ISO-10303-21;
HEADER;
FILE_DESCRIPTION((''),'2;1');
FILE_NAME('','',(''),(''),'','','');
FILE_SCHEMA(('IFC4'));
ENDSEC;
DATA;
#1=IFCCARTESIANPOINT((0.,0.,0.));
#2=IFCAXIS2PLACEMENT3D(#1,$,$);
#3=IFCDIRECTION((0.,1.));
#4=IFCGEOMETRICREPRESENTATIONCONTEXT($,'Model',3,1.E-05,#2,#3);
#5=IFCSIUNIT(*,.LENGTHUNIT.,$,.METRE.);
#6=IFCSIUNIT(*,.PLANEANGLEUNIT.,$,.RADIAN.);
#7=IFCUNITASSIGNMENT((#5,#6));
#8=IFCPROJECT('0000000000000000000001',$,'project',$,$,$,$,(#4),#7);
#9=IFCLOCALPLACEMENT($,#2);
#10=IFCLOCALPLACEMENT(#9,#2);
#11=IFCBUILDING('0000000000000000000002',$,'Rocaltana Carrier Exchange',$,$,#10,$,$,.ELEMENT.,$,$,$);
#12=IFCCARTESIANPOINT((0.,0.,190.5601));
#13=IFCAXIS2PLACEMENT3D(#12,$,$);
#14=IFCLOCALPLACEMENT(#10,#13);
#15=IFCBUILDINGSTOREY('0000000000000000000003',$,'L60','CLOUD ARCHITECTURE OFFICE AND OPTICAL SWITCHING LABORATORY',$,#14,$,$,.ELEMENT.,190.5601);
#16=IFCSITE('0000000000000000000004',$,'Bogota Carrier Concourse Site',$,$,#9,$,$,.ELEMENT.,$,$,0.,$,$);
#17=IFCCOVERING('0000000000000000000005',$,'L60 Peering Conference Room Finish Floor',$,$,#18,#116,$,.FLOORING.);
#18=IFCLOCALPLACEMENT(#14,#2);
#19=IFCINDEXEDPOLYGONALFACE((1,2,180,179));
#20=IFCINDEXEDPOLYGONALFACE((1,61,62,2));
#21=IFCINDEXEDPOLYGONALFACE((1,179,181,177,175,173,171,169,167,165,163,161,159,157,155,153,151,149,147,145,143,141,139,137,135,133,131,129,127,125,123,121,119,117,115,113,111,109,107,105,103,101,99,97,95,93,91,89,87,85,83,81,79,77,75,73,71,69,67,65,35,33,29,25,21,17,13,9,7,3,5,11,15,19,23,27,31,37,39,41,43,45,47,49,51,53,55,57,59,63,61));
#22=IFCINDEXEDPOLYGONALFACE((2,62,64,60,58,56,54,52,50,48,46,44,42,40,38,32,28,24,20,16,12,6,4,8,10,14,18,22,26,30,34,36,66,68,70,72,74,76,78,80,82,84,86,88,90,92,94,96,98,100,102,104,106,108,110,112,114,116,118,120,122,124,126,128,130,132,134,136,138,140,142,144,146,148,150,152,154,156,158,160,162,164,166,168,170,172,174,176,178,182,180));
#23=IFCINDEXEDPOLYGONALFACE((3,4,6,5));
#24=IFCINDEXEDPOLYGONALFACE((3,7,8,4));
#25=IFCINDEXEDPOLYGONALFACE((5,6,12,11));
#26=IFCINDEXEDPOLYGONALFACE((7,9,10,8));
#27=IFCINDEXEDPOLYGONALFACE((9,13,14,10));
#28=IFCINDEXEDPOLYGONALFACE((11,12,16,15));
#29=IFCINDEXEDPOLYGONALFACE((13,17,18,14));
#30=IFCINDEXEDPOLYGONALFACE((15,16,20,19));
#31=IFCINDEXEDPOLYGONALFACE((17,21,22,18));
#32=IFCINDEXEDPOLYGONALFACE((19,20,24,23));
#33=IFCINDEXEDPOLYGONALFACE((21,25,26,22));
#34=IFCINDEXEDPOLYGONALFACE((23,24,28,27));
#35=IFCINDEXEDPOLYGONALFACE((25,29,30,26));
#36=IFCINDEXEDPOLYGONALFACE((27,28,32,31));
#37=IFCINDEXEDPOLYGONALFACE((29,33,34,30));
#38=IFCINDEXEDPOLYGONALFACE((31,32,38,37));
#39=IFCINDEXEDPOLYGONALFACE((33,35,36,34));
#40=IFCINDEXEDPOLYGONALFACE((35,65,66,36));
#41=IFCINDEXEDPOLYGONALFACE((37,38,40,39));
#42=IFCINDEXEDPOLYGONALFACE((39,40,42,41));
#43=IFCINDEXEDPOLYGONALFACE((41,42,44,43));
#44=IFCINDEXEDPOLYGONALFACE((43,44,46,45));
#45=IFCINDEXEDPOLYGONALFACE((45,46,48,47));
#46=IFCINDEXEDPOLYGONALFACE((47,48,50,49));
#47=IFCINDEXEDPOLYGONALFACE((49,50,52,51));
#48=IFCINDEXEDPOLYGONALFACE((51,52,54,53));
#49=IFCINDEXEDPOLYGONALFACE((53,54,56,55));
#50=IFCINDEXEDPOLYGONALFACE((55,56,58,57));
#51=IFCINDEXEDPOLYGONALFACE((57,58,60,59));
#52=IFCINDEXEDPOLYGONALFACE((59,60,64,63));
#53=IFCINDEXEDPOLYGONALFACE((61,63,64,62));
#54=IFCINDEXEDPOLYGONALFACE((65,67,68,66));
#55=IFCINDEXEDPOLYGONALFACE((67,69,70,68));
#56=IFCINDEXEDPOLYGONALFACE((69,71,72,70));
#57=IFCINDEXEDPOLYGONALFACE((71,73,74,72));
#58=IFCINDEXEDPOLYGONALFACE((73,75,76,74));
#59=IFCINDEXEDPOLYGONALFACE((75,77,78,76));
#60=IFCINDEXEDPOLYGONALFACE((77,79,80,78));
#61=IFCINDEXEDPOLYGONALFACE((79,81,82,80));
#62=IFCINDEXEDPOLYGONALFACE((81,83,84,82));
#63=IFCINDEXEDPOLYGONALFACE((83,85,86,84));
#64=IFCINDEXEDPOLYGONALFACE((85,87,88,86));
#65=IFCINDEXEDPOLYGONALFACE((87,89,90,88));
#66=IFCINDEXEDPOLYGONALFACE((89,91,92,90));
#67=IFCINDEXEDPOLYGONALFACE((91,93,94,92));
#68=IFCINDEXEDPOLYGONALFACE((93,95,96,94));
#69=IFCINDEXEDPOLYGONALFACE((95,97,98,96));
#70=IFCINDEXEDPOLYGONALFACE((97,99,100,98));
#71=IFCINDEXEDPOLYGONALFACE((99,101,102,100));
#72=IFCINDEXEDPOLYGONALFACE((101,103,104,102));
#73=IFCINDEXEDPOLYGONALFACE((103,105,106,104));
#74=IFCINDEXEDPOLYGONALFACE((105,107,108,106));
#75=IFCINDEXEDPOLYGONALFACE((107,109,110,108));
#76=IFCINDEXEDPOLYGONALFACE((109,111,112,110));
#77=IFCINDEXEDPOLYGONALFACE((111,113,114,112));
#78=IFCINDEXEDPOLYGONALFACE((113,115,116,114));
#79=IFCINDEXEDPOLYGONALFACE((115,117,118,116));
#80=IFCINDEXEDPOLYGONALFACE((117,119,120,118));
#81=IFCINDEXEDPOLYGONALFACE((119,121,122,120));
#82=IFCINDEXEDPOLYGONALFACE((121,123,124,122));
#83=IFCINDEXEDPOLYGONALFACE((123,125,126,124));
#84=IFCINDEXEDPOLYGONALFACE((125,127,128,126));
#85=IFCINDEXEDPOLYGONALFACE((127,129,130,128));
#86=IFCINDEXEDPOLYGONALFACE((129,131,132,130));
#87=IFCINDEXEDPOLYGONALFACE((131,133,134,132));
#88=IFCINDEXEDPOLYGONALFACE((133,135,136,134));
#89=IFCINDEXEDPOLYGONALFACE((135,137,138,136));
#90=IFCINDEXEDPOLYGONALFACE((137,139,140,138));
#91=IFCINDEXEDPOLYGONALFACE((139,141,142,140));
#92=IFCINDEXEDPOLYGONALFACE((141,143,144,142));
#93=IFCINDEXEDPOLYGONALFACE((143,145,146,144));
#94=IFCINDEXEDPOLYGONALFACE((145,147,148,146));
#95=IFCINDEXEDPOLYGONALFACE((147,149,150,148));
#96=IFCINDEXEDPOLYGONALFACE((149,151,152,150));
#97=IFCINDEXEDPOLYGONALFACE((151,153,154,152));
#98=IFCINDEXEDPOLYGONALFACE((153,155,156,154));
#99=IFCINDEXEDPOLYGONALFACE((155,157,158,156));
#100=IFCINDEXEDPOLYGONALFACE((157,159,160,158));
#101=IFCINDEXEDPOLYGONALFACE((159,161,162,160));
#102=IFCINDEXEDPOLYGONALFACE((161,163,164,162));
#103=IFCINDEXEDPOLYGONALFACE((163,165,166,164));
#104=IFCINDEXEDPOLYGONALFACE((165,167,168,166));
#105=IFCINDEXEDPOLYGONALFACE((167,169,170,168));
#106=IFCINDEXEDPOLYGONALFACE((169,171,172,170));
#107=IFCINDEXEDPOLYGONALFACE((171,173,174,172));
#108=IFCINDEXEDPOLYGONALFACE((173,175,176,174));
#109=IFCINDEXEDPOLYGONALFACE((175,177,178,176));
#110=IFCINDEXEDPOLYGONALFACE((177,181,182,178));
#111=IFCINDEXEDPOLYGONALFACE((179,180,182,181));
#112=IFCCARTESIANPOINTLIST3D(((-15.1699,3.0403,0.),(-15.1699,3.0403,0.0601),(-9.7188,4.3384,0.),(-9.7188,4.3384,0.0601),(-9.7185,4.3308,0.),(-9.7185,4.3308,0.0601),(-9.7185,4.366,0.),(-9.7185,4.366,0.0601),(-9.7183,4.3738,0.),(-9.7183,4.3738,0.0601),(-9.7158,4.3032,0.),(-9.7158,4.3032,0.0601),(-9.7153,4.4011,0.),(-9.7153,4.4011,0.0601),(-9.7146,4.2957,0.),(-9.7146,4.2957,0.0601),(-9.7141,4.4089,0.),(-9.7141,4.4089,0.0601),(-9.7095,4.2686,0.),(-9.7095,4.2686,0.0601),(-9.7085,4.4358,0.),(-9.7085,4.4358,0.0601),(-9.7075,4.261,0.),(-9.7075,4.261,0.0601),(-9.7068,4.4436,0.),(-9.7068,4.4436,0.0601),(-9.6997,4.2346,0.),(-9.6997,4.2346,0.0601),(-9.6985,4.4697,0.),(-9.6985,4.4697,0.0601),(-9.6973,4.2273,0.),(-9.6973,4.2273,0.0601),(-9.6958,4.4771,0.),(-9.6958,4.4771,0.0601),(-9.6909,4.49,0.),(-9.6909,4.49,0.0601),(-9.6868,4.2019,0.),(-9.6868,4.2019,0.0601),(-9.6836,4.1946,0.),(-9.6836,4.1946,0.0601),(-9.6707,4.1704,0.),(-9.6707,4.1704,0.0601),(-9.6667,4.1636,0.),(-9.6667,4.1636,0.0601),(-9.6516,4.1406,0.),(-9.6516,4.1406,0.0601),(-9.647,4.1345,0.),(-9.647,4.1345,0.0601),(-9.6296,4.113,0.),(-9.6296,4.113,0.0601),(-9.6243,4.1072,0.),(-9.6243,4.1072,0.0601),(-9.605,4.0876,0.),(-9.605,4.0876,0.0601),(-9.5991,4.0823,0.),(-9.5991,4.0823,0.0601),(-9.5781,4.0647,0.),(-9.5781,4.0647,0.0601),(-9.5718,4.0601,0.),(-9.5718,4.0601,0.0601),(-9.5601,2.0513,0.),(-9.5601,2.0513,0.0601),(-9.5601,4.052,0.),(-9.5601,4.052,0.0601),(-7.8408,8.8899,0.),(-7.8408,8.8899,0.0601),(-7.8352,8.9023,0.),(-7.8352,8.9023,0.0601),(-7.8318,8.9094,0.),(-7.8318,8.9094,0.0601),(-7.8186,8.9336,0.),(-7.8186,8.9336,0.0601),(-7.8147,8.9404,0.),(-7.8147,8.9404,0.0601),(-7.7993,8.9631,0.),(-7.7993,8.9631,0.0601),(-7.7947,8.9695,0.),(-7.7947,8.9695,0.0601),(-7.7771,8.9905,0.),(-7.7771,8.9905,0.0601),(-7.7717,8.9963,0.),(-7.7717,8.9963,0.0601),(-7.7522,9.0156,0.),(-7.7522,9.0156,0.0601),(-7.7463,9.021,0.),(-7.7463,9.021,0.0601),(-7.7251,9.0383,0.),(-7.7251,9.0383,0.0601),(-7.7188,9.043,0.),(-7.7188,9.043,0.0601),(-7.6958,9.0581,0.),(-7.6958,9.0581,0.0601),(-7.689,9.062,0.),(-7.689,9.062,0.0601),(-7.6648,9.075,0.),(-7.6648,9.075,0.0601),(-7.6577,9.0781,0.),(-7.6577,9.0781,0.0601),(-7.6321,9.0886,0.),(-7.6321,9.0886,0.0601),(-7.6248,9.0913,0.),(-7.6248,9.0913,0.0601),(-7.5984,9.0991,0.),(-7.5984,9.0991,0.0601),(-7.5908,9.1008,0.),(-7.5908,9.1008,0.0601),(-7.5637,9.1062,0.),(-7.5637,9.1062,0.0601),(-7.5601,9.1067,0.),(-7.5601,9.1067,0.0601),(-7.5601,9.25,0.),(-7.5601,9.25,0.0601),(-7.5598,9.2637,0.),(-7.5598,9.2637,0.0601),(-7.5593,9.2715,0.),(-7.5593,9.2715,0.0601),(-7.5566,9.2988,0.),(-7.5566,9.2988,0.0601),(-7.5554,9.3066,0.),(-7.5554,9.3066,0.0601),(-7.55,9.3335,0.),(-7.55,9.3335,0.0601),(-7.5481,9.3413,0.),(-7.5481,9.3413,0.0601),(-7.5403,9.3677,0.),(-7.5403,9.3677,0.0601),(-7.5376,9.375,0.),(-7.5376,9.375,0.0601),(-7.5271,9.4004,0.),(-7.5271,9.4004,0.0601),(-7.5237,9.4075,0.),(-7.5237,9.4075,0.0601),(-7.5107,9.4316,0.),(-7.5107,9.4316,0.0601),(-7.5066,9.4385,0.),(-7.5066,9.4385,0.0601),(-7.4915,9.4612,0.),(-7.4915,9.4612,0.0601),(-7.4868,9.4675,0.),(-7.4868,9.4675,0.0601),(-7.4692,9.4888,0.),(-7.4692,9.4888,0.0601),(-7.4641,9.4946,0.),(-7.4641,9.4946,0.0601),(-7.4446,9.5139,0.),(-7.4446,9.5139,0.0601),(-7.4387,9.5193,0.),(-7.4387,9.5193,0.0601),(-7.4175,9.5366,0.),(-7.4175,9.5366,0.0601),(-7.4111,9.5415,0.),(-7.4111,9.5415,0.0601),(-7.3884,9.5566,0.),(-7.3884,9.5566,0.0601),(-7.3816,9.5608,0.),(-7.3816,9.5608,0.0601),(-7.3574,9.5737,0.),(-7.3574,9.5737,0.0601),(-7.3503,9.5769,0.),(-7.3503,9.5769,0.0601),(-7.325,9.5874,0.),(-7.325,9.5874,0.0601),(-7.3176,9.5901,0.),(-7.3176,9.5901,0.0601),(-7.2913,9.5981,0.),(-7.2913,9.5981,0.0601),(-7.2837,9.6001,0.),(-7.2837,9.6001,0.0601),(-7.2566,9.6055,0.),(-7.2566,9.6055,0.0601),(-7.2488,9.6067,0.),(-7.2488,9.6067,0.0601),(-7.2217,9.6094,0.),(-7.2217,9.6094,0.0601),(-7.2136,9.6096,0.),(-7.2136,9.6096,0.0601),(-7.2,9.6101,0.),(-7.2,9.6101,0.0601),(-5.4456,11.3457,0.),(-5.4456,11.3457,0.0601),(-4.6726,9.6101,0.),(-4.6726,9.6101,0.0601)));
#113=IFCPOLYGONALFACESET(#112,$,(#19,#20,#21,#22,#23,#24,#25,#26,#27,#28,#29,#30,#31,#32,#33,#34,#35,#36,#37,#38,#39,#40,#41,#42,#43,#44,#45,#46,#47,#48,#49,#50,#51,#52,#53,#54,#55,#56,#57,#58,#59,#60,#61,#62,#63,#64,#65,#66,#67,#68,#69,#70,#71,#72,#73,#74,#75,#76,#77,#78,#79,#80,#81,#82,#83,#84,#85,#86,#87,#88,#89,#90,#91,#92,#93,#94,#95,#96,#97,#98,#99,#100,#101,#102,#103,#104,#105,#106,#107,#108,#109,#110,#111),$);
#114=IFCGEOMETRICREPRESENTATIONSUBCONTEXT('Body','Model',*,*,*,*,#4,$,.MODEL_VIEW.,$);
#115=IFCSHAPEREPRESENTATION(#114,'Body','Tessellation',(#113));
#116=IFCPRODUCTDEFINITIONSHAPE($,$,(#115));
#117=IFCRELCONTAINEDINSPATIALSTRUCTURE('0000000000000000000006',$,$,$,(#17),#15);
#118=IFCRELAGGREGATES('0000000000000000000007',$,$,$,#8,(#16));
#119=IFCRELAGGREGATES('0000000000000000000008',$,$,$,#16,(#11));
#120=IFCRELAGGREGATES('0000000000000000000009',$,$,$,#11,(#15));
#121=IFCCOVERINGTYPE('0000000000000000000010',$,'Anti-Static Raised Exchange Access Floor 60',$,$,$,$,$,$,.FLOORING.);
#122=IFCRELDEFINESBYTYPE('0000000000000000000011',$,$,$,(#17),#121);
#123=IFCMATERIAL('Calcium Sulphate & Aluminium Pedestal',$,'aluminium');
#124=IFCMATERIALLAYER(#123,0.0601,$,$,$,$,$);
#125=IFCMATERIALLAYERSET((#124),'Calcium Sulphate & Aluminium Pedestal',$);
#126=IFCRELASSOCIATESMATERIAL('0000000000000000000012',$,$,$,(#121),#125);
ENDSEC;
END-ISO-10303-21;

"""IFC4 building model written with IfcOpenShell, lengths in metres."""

from ifc_helpers import new_model, si_unit, direction, frame, origin, place, context, subcontext, project, spatial, polyline, outline, extrude, material, layer, layer_set, type_object, element, save


model = new_model("IFC4")

# Units and contexts
model_context = context("Model", 3, precision=1e-05, world=origin(), true_north=direction((0.0, 1.0)))
body_context = subcontext(model_context, "Body", "Model", "MODEL_VIEW")
ifc_project = project(units=[si_unit("LENGTHUNIT", "METRE"), si_unit("PLANEANGLEUNIT", "RADIAN")], contexts=[model_context])

# Site, building, storey
site_placement = place(None, origin())
site = spatial("IfcSite", under=ifc_project, at=site_placement, Name="Bogota Carrier Concourse Site", CompositionType="ELEMENT", RefElevation=0.0)
building_placement = place(site_placement, origin())
building = spatial("IfcBuilding", under=site, at=building_placement, Name="Rocaltana Carrier Exchange", CompositionType="ELEMENT")
storey_placement = place(building_placement, frame((0.0, 0.0, 190.5601)))
storey = spatial("IfcBuildingStorey", under=building, at=storey_placement, Name="L60", Description="CLOUD ARCHITECTURE OFFICE AND OPTICAL SWITCHING LABORATORY", CompositionType="ELEMENT", Elevation=190.5601)

# Covering
ifc_material_1 = material(Name="Calcium Sulphate & Aluminium Pedestal", Category="aluminium")
ifc_layer_1 = layer(ifc_material_1, 0.0601)
ifc_layer_set_1 = layer_set([ifc_layer_1], Name="Calcium Sulphate & Aluminium Pedestal")
covering_type_1 = type_object("IfcCoveringType", Name="Anti-Static Raised Exchange Access Floor 60", PredefinedType="FLOORING", material=ifc_layer_set_1)
covering_1_placement = place(storey_placement, origin())
element("IfcCovering", 1, at=covering_1_placement, inside=storey, type_object=covering_type_1, Name="L60 Peering Conference Room Finish Floor", PredefinedType="FLOORING", context=body_context, shape_type="SweptSolid", body=[
    extrude(outline(polyline([(-9.5601, 4.052), (-9.5601, 2.0513), (-15.1699, 3.0403), (-5.4456, 11.3457), (-4.6726, 9.6101), (-7.2, 9.6101), (-7.2136, 9.6096), (-7.2217, 9.6094), (-7.2488, 9.6067), (-7.2566, 9.6055), (-7.2837, 9.6001), (-7.2913, 9.5981), (-7.3176, 9.5901), (-7.325, 9.5874), (-7.3503, 9.5769), (-7.3574, 9.5737), (-7.3816, 9.5608), (-7.3884, 9.5566), (-7.4111, 9.5415), (-7.4175, 9.5366), (-7.4387, 9.5193), (-7.4446, 9.5139), (-7.4641, 9.4946), (-7.4692, 9.4888), (-7.4868, 9.4675), (-7.4915, 9.4612), (-7.5066, 9.4385), (-7.5107, 9.4316), (-7.5237, 9.4075), (-7.5271, 9.4004), (-7.5376, 9.375), (-7.5403, 9.3677), (-7.5481, 9.3413), (-7.55, 9.3335), (-7.5554, 9.3066), (-7.5566, 9.2988), (-7.5593, 9.2715), (-7.5598, 9.2637), (-7.5601, 9.25), (-7.5601, 9.1067), (-7.5637, 9.1062), (-7.5908, 9.1008), (-7.5984, 9.0991), (-7.6248, 9.0913), (-7.6321, 9.0886), (-7.6577, 9.0781), (-7.6648, 9.075), (-7.689, 9.062), (-7.6958, 9.0581), (-7.7188, 9.043), (-7.7251, 9.0383), (-7.7463, 9.021), (-7.7522, 9.0156), (-7.7717, 8.9963), (-7.7771, 8.9905), (-7.7947, 8.9695), (-7.7993, 8.9631), (-7.8147, 8.9404), (-7.8186, 8.9336), (-7.8318, 8.9094), (-7.8352, 8.9023), (-7.8408, 8.8899), (-9.6909, 4.49), (-9.6958, 4.4771), (-9.6985, 4.4697), (-9.7068, 4.4436), (-9.7085, 4.4358), (-9.7141, 4.4089), (-9.7153, 4.4011), (-9.7183, 4.3738), (-9.7185, 4.366), (-9.7188, 4.3384), (-9.7185, 4.3308), (-9.7158, 4.3032), (-9.7146, 4.2957), (-9.7095, 4.2686), (-9.7075, 4.261), (-9.6997, 4.2346), (-9.6973, 4.2273), (-9.6868, 4.2019), (-9.6836, 4.1946), (-9.6707, 4.1704), (-9.6667, 4.1636), (-9.6516, 4.1406), (-9.647, 4.1345), (-9.6296, 4.113), (-9.6243, 4.1072), (-9.605, 4.0876), (-9.5991, 4.0823), (-9.5781, 4.0647), (-9.5718, 4.0601), (-9.5601, 4.052)])), origin(), (0.0, 0.0, 1.0), 0.0601),
])

save(model, "model.ifc")
